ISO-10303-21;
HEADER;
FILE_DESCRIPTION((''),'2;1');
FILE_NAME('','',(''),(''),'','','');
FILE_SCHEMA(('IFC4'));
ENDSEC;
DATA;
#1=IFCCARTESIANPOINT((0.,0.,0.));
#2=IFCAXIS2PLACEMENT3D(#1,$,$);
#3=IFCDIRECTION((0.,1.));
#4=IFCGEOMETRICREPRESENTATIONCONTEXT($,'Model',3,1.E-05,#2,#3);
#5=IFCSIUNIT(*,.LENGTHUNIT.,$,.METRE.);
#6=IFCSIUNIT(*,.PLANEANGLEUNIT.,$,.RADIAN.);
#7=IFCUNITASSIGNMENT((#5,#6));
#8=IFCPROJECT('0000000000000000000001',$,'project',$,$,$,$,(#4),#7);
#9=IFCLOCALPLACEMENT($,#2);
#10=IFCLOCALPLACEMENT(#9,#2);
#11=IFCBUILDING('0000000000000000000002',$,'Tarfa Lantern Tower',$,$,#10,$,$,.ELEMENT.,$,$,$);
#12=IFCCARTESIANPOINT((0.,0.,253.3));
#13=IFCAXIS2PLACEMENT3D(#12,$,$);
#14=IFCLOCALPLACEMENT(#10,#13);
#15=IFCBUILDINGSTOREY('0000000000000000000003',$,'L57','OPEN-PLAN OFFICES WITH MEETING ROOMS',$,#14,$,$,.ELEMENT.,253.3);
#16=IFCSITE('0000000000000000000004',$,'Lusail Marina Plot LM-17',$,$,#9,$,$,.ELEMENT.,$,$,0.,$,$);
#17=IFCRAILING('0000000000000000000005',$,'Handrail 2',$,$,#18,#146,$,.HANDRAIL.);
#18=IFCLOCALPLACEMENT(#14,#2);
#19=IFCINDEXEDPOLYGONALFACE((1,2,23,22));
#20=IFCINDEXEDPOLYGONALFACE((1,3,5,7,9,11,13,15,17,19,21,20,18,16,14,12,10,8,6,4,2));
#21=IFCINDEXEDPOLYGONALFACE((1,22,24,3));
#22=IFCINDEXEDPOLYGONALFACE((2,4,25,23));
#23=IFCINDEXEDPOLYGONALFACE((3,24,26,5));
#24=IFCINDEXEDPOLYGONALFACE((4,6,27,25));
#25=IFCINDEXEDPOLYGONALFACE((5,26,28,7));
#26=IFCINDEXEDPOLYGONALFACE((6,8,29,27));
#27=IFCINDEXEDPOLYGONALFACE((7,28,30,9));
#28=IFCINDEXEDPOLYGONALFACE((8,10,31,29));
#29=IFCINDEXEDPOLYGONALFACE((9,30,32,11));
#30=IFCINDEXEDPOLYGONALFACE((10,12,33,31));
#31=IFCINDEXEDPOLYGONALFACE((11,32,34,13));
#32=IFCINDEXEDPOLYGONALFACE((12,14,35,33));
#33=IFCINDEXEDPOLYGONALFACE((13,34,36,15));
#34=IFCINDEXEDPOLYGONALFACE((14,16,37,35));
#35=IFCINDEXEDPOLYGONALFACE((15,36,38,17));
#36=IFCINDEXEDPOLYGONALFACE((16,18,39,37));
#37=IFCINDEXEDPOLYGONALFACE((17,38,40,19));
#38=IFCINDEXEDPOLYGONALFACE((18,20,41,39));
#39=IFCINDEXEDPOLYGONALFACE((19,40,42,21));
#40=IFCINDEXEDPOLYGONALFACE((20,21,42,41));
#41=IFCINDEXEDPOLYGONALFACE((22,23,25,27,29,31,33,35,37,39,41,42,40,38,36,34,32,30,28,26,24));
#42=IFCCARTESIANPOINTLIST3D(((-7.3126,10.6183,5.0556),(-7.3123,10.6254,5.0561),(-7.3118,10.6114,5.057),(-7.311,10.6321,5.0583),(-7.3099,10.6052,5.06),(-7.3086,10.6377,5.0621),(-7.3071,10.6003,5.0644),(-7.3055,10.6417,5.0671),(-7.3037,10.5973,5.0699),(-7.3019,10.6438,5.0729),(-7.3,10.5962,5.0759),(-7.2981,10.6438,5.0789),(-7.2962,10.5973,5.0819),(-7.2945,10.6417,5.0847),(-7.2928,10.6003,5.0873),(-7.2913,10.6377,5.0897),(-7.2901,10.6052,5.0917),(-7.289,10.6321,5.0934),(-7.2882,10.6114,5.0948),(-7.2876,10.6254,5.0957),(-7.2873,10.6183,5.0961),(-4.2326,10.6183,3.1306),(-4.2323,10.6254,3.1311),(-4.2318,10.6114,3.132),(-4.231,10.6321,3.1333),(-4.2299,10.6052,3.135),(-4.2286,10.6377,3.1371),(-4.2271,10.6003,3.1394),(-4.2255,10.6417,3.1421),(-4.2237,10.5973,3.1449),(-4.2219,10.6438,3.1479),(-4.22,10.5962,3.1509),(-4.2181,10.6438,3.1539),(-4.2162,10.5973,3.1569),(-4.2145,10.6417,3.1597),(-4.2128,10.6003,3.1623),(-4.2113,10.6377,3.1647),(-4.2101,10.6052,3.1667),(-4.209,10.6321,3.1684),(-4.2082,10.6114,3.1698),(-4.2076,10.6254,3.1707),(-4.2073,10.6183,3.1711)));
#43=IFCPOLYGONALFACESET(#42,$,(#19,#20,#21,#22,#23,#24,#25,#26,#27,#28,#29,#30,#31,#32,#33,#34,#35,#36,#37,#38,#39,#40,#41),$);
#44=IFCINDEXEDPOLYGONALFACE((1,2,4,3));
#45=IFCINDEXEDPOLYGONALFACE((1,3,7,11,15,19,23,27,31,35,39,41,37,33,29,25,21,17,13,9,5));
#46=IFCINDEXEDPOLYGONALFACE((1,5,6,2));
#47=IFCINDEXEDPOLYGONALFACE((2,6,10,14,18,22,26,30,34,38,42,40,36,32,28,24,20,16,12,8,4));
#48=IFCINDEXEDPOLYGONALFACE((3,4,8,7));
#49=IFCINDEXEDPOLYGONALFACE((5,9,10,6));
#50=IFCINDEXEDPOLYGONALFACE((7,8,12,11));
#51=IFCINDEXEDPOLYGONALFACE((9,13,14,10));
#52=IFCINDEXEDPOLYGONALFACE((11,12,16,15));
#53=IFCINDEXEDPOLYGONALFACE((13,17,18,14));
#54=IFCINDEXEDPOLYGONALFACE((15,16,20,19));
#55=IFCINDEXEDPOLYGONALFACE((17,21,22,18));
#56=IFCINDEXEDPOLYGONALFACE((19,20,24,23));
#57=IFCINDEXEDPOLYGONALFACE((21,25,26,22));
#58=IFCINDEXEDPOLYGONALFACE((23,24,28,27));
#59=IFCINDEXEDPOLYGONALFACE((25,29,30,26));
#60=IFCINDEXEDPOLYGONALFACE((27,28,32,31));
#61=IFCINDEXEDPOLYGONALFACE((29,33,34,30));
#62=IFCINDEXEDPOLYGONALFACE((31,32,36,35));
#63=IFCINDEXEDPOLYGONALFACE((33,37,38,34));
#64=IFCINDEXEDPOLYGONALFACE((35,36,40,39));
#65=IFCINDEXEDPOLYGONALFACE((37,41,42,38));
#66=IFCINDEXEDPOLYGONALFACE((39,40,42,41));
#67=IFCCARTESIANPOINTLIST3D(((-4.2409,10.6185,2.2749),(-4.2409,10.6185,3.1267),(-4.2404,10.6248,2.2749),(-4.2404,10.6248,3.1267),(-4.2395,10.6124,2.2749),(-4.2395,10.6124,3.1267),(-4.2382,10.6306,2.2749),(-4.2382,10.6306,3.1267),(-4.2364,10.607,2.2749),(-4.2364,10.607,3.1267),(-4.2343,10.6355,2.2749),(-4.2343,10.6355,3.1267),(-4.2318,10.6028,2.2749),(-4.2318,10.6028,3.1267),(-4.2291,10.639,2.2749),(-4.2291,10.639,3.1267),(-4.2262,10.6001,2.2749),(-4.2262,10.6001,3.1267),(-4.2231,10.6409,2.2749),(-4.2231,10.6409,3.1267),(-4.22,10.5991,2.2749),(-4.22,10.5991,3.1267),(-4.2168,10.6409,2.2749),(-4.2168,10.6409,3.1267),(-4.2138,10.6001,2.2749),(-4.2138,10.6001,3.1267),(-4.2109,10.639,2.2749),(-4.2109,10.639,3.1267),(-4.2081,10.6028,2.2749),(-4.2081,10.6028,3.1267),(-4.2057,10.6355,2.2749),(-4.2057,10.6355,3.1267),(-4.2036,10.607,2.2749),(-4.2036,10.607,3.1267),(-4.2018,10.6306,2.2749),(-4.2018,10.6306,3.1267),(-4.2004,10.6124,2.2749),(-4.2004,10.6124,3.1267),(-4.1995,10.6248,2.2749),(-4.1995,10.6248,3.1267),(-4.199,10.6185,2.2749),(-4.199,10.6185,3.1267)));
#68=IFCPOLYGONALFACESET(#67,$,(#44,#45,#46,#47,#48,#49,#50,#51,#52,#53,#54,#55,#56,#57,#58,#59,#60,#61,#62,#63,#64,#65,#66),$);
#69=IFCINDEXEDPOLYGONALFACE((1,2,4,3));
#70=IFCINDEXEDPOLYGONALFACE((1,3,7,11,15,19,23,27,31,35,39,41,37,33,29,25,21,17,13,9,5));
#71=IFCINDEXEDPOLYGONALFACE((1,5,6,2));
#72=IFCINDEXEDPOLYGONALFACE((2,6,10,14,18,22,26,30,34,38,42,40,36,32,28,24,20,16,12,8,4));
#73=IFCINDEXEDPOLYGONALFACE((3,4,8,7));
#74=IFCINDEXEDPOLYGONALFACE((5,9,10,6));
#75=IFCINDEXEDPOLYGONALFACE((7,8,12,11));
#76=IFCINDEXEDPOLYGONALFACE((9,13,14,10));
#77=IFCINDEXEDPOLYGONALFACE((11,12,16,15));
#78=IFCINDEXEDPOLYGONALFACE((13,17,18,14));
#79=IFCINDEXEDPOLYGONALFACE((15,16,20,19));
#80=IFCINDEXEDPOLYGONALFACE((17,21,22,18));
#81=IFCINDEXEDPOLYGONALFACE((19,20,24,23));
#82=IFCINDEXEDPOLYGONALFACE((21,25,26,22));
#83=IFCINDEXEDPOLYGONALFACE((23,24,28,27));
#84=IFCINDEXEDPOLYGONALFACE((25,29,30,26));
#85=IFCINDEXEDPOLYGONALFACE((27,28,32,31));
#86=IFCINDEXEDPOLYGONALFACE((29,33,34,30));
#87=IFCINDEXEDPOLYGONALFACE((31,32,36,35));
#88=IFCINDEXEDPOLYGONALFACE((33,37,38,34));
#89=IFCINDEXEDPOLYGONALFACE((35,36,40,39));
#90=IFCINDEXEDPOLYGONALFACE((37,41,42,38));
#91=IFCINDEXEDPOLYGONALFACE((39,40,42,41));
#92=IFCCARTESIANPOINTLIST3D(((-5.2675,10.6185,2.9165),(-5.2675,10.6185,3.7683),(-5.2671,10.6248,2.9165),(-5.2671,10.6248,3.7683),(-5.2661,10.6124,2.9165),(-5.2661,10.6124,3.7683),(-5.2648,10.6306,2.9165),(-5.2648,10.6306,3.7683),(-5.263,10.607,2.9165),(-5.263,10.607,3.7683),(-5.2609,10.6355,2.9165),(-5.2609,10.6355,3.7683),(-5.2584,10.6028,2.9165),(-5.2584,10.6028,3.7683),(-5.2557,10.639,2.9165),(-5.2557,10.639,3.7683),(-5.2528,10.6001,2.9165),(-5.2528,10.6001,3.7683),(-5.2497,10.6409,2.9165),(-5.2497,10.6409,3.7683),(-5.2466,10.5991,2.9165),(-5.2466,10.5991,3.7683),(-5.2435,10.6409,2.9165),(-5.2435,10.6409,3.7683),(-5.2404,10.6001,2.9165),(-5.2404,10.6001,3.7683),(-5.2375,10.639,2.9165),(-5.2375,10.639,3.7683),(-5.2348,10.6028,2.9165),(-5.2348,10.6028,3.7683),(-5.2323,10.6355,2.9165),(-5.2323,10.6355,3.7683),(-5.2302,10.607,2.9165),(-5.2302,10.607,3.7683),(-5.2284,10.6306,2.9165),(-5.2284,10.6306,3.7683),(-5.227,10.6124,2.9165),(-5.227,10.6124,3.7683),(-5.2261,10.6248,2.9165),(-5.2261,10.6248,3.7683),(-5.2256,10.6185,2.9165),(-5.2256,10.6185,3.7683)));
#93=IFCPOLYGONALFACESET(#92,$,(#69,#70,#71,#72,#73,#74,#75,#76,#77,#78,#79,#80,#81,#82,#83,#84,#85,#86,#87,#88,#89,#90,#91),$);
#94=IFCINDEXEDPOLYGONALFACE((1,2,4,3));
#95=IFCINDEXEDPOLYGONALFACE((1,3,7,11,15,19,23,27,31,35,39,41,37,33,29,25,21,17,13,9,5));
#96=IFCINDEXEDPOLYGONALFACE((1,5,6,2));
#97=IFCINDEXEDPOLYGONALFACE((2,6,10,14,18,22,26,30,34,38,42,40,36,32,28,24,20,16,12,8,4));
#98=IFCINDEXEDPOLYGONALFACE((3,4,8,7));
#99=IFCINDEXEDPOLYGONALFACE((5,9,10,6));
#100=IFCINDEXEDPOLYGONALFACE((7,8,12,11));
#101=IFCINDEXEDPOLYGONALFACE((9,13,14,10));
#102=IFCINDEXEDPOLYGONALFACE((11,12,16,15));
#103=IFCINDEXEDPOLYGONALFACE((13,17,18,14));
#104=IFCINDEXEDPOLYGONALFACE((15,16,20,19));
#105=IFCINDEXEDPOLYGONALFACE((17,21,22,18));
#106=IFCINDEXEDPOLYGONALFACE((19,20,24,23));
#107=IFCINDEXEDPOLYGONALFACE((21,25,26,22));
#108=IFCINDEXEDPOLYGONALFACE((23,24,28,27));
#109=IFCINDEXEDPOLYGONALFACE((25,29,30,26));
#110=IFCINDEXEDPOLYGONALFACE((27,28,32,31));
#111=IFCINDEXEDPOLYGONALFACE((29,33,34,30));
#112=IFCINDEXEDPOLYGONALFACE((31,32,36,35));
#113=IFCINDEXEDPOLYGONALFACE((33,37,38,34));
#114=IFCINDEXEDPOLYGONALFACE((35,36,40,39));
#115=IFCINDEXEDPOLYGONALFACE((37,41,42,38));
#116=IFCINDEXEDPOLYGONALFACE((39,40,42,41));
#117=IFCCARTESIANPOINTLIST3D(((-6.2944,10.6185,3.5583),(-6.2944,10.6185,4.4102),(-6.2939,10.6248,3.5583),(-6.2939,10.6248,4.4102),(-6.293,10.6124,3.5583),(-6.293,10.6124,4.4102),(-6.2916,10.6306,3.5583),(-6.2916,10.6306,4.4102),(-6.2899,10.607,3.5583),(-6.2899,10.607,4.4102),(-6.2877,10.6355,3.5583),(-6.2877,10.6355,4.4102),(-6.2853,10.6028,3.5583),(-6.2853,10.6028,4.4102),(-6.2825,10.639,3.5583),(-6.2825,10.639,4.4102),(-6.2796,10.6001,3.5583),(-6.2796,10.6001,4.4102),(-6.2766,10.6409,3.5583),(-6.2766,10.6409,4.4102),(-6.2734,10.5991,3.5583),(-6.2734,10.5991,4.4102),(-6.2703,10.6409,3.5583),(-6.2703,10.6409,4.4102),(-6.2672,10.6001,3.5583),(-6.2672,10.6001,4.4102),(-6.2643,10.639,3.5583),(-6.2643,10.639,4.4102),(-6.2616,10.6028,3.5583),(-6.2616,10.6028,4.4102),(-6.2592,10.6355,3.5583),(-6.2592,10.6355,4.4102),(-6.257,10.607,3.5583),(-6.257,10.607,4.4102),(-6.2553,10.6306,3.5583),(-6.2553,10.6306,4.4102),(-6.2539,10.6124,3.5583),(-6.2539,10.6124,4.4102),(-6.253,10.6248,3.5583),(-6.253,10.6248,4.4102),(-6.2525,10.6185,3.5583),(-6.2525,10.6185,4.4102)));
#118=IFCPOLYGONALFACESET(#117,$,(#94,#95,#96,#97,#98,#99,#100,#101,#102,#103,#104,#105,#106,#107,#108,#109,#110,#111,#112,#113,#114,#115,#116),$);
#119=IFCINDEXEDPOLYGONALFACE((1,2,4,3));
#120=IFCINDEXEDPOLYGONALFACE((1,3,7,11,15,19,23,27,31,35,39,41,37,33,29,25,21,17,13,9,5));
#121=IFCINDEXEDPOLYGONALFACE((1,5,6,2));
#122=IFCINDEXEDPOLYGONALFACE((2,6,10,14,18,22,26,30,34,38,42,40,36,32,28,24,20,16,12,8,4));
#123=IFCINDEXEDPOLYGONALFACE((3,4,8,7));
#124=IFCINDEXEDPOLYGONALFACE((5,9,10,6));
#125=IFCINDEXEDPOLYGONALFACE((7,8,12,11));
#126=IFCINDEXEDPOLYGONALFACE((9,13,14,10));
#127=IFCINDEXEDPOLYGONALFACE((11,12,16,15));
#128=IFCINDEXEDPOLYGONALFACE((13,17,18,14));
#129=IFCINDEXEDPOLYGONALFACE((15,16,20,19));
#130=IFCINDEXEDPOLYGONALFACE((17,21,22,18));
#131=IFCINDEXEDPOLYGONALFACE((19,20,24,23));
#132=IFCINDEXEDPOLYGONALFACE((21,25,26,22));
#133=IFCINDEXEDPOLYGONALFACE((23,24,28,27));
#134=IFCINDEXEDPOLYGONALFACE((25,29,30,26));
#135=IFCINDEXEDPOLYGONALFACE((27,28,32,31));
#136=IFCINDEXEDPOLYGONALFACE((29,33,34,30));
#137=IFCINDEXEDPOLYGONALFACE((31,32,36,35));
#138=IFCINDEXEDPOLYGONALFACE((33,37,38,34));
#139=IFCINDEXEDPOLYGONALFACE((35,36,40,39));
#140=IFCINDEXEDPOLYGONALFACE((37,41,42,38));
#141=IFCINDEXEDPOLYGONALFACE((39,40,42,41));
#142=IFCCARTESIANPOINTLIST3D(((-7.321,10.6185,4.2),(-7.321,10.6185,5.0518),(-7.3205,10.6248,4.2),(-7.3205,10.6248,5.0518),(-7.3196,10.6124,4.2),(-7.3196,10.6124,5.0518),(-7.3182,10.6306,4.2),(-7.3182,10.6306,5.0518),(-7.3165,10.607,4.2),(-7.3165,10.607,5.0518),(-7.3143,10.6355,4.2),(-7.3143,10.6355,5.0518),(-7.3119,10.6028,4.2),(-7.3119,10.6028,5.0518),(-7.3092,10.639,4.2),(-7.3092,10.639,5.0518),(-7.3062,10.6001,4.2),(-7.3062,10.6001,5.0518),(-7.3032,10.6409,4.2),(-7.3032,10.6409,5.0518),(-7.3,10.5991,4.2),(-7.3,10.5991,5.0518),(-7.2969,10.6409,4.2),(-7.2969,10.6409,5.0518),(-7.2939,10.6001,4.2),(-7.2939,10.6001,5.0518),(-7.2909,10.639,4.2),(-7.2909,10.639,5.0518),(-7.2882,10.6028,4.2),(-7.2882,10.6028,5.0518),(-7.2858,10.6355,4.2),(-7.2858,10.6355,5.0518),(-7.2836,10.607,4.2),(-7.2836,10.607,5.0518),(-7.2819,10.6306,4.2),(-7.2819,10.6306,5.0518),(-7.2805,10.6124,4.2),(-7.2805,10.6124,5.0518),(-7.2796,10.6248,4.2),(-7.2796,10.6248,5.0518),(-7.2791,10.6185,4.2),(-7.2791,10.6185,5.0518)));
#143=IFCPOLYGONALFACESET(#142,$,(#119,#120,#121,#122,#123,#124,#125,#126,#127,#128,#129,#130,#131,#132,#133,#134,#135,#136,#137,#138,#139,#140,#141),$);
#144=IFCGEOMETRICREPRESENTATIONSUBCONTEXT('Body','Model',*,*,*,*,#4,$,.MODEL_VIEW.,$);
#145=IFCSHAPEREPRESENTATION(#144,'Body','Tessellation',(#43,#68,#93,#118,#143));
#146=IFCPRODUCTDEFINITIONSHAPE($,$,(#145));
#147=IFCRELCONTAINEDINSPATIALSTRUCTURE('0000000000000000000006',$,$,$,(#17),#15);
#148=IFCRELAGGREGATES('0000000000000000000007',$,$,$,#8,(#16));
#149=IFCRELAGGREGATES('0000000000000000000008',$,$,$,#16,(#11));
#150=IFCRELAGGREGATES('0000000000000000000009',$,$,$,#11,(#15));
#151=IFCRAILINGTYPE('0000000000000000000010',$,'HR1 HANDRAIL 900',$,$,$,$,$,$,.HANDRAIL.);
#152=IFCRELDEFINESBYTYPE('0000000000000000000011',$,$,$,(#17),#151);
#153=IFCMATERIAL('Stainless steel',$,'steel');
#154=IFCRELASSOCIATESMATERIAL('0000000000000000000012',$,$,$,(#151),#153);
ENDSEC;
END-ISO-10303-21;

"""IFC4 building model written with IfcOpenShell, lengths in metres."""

from ifc_helpers import new_model, si_unit, direction, frame, origin, origin_2d, place, context, subcontext, project, spatial, circle, extrude, material, type_object, element, save


model = new_model("IFC4")

# Units and contexts
model_context = context("Model", 3, precision=1e-05, world=origin(), true_north=direction((0.0, 1.0)))
body_context = subcontext(model_context, "Body", "Model", "MODEL_VIEW")
ifc_project = project(units=[si_unit("LENGTHUNIT", "METRE"), si_unit("PLANEANGLEUNIT", "RADIAN")], contexts=[model_context])

# Site, building, storey
site_placement = place(None, origin())
site = spatial("IfcSite", under=ifc_project, at=site_placement, Name="Lusail Marina Plot LM-17", CompositionType="ELEMENT", RefElevation=0.0)
building_placement = place(site_placement, origin())
building = spatial("IfcBuilding", under=site, at=building_placement, Name="Tarfa Lantern Tower", CompositionType="ELEMENT")
storey_placement = place(building_placement, frame((0.0, 0.0, 253.3)))
storey = spatial("IfcBuildingStorey", under=building, at=storey_placement, Name="L57", Description="OPEN-PLAN OFFICES WITH MEETING ROOMS", CompositionType="ELEMENT", Elevation=253.3)

# Railing
ifc_material_1 = material(Name="Stainless steel", Category="steel")
railing_type = type_object("IfcRailingType", Name="HR1 HANDRAIL 900", PredefinedType="HANDRAIL", material=ifc_material_1)
railing_1_placement = place(storey_placement, frame((-4.22, 10.6201, 2.2749)))
element("IfcRailing", 1, at=railing_1_placement, inside=storey, type_object=railing_type, Name="Handrail 2", PredefinedType="HANDRAIL", context=body_context, shape_type="SweptSolid", body=[
    extrude(circle(Radius=0.0239, at=origin_2d()), frame((0.0, 0.0, 0.876), z_axis=(-0.847998, 0.0, 0.529999), x_axis=(0.0, -1.0, 0.0)), (0.0, 0.0, 1.0), 3.6321),
    extrude(circle(Radius=0.021, at=origin_2d()), frame((0.0, 0.0, 0.0), z_axis=(0.0, 0.0, 1.0), x_axis=(0.0, -1.0, 0.0)), (0.0, 0.0, 1.0), 0.8518),
    extrude(circle(Radius=0.021, at=origin_2d()), frame((-1.0266, 0.0, 0.6416), z_axis=(0.0, 0.0, 1.0), x_axis=(0.0, -1.0, 0.0)), (0.0, 0.0, 1.0), 0.8518),
    extrude(circle(Radius=0.021, at=origin_2d()), frame((-2.0535, 0.0, 1.2834), z_axis=(0.0, 0.0, 1.0), x_axis=(0.0, -1.0, 0.0)), (0.0, 0.0, 1.0), 0.8518),
    extrude(circle(Radius=0.021, at=origin_2d()), frame((-3.0801, 0.0, 1.925), z_axis=(0.0, 0.0, 1.0), x_axis=(0.0, -1.0, 0.0)), (0.0, 0.0, 1.0), 0.8518),
])

save(model, "model.ifc")
